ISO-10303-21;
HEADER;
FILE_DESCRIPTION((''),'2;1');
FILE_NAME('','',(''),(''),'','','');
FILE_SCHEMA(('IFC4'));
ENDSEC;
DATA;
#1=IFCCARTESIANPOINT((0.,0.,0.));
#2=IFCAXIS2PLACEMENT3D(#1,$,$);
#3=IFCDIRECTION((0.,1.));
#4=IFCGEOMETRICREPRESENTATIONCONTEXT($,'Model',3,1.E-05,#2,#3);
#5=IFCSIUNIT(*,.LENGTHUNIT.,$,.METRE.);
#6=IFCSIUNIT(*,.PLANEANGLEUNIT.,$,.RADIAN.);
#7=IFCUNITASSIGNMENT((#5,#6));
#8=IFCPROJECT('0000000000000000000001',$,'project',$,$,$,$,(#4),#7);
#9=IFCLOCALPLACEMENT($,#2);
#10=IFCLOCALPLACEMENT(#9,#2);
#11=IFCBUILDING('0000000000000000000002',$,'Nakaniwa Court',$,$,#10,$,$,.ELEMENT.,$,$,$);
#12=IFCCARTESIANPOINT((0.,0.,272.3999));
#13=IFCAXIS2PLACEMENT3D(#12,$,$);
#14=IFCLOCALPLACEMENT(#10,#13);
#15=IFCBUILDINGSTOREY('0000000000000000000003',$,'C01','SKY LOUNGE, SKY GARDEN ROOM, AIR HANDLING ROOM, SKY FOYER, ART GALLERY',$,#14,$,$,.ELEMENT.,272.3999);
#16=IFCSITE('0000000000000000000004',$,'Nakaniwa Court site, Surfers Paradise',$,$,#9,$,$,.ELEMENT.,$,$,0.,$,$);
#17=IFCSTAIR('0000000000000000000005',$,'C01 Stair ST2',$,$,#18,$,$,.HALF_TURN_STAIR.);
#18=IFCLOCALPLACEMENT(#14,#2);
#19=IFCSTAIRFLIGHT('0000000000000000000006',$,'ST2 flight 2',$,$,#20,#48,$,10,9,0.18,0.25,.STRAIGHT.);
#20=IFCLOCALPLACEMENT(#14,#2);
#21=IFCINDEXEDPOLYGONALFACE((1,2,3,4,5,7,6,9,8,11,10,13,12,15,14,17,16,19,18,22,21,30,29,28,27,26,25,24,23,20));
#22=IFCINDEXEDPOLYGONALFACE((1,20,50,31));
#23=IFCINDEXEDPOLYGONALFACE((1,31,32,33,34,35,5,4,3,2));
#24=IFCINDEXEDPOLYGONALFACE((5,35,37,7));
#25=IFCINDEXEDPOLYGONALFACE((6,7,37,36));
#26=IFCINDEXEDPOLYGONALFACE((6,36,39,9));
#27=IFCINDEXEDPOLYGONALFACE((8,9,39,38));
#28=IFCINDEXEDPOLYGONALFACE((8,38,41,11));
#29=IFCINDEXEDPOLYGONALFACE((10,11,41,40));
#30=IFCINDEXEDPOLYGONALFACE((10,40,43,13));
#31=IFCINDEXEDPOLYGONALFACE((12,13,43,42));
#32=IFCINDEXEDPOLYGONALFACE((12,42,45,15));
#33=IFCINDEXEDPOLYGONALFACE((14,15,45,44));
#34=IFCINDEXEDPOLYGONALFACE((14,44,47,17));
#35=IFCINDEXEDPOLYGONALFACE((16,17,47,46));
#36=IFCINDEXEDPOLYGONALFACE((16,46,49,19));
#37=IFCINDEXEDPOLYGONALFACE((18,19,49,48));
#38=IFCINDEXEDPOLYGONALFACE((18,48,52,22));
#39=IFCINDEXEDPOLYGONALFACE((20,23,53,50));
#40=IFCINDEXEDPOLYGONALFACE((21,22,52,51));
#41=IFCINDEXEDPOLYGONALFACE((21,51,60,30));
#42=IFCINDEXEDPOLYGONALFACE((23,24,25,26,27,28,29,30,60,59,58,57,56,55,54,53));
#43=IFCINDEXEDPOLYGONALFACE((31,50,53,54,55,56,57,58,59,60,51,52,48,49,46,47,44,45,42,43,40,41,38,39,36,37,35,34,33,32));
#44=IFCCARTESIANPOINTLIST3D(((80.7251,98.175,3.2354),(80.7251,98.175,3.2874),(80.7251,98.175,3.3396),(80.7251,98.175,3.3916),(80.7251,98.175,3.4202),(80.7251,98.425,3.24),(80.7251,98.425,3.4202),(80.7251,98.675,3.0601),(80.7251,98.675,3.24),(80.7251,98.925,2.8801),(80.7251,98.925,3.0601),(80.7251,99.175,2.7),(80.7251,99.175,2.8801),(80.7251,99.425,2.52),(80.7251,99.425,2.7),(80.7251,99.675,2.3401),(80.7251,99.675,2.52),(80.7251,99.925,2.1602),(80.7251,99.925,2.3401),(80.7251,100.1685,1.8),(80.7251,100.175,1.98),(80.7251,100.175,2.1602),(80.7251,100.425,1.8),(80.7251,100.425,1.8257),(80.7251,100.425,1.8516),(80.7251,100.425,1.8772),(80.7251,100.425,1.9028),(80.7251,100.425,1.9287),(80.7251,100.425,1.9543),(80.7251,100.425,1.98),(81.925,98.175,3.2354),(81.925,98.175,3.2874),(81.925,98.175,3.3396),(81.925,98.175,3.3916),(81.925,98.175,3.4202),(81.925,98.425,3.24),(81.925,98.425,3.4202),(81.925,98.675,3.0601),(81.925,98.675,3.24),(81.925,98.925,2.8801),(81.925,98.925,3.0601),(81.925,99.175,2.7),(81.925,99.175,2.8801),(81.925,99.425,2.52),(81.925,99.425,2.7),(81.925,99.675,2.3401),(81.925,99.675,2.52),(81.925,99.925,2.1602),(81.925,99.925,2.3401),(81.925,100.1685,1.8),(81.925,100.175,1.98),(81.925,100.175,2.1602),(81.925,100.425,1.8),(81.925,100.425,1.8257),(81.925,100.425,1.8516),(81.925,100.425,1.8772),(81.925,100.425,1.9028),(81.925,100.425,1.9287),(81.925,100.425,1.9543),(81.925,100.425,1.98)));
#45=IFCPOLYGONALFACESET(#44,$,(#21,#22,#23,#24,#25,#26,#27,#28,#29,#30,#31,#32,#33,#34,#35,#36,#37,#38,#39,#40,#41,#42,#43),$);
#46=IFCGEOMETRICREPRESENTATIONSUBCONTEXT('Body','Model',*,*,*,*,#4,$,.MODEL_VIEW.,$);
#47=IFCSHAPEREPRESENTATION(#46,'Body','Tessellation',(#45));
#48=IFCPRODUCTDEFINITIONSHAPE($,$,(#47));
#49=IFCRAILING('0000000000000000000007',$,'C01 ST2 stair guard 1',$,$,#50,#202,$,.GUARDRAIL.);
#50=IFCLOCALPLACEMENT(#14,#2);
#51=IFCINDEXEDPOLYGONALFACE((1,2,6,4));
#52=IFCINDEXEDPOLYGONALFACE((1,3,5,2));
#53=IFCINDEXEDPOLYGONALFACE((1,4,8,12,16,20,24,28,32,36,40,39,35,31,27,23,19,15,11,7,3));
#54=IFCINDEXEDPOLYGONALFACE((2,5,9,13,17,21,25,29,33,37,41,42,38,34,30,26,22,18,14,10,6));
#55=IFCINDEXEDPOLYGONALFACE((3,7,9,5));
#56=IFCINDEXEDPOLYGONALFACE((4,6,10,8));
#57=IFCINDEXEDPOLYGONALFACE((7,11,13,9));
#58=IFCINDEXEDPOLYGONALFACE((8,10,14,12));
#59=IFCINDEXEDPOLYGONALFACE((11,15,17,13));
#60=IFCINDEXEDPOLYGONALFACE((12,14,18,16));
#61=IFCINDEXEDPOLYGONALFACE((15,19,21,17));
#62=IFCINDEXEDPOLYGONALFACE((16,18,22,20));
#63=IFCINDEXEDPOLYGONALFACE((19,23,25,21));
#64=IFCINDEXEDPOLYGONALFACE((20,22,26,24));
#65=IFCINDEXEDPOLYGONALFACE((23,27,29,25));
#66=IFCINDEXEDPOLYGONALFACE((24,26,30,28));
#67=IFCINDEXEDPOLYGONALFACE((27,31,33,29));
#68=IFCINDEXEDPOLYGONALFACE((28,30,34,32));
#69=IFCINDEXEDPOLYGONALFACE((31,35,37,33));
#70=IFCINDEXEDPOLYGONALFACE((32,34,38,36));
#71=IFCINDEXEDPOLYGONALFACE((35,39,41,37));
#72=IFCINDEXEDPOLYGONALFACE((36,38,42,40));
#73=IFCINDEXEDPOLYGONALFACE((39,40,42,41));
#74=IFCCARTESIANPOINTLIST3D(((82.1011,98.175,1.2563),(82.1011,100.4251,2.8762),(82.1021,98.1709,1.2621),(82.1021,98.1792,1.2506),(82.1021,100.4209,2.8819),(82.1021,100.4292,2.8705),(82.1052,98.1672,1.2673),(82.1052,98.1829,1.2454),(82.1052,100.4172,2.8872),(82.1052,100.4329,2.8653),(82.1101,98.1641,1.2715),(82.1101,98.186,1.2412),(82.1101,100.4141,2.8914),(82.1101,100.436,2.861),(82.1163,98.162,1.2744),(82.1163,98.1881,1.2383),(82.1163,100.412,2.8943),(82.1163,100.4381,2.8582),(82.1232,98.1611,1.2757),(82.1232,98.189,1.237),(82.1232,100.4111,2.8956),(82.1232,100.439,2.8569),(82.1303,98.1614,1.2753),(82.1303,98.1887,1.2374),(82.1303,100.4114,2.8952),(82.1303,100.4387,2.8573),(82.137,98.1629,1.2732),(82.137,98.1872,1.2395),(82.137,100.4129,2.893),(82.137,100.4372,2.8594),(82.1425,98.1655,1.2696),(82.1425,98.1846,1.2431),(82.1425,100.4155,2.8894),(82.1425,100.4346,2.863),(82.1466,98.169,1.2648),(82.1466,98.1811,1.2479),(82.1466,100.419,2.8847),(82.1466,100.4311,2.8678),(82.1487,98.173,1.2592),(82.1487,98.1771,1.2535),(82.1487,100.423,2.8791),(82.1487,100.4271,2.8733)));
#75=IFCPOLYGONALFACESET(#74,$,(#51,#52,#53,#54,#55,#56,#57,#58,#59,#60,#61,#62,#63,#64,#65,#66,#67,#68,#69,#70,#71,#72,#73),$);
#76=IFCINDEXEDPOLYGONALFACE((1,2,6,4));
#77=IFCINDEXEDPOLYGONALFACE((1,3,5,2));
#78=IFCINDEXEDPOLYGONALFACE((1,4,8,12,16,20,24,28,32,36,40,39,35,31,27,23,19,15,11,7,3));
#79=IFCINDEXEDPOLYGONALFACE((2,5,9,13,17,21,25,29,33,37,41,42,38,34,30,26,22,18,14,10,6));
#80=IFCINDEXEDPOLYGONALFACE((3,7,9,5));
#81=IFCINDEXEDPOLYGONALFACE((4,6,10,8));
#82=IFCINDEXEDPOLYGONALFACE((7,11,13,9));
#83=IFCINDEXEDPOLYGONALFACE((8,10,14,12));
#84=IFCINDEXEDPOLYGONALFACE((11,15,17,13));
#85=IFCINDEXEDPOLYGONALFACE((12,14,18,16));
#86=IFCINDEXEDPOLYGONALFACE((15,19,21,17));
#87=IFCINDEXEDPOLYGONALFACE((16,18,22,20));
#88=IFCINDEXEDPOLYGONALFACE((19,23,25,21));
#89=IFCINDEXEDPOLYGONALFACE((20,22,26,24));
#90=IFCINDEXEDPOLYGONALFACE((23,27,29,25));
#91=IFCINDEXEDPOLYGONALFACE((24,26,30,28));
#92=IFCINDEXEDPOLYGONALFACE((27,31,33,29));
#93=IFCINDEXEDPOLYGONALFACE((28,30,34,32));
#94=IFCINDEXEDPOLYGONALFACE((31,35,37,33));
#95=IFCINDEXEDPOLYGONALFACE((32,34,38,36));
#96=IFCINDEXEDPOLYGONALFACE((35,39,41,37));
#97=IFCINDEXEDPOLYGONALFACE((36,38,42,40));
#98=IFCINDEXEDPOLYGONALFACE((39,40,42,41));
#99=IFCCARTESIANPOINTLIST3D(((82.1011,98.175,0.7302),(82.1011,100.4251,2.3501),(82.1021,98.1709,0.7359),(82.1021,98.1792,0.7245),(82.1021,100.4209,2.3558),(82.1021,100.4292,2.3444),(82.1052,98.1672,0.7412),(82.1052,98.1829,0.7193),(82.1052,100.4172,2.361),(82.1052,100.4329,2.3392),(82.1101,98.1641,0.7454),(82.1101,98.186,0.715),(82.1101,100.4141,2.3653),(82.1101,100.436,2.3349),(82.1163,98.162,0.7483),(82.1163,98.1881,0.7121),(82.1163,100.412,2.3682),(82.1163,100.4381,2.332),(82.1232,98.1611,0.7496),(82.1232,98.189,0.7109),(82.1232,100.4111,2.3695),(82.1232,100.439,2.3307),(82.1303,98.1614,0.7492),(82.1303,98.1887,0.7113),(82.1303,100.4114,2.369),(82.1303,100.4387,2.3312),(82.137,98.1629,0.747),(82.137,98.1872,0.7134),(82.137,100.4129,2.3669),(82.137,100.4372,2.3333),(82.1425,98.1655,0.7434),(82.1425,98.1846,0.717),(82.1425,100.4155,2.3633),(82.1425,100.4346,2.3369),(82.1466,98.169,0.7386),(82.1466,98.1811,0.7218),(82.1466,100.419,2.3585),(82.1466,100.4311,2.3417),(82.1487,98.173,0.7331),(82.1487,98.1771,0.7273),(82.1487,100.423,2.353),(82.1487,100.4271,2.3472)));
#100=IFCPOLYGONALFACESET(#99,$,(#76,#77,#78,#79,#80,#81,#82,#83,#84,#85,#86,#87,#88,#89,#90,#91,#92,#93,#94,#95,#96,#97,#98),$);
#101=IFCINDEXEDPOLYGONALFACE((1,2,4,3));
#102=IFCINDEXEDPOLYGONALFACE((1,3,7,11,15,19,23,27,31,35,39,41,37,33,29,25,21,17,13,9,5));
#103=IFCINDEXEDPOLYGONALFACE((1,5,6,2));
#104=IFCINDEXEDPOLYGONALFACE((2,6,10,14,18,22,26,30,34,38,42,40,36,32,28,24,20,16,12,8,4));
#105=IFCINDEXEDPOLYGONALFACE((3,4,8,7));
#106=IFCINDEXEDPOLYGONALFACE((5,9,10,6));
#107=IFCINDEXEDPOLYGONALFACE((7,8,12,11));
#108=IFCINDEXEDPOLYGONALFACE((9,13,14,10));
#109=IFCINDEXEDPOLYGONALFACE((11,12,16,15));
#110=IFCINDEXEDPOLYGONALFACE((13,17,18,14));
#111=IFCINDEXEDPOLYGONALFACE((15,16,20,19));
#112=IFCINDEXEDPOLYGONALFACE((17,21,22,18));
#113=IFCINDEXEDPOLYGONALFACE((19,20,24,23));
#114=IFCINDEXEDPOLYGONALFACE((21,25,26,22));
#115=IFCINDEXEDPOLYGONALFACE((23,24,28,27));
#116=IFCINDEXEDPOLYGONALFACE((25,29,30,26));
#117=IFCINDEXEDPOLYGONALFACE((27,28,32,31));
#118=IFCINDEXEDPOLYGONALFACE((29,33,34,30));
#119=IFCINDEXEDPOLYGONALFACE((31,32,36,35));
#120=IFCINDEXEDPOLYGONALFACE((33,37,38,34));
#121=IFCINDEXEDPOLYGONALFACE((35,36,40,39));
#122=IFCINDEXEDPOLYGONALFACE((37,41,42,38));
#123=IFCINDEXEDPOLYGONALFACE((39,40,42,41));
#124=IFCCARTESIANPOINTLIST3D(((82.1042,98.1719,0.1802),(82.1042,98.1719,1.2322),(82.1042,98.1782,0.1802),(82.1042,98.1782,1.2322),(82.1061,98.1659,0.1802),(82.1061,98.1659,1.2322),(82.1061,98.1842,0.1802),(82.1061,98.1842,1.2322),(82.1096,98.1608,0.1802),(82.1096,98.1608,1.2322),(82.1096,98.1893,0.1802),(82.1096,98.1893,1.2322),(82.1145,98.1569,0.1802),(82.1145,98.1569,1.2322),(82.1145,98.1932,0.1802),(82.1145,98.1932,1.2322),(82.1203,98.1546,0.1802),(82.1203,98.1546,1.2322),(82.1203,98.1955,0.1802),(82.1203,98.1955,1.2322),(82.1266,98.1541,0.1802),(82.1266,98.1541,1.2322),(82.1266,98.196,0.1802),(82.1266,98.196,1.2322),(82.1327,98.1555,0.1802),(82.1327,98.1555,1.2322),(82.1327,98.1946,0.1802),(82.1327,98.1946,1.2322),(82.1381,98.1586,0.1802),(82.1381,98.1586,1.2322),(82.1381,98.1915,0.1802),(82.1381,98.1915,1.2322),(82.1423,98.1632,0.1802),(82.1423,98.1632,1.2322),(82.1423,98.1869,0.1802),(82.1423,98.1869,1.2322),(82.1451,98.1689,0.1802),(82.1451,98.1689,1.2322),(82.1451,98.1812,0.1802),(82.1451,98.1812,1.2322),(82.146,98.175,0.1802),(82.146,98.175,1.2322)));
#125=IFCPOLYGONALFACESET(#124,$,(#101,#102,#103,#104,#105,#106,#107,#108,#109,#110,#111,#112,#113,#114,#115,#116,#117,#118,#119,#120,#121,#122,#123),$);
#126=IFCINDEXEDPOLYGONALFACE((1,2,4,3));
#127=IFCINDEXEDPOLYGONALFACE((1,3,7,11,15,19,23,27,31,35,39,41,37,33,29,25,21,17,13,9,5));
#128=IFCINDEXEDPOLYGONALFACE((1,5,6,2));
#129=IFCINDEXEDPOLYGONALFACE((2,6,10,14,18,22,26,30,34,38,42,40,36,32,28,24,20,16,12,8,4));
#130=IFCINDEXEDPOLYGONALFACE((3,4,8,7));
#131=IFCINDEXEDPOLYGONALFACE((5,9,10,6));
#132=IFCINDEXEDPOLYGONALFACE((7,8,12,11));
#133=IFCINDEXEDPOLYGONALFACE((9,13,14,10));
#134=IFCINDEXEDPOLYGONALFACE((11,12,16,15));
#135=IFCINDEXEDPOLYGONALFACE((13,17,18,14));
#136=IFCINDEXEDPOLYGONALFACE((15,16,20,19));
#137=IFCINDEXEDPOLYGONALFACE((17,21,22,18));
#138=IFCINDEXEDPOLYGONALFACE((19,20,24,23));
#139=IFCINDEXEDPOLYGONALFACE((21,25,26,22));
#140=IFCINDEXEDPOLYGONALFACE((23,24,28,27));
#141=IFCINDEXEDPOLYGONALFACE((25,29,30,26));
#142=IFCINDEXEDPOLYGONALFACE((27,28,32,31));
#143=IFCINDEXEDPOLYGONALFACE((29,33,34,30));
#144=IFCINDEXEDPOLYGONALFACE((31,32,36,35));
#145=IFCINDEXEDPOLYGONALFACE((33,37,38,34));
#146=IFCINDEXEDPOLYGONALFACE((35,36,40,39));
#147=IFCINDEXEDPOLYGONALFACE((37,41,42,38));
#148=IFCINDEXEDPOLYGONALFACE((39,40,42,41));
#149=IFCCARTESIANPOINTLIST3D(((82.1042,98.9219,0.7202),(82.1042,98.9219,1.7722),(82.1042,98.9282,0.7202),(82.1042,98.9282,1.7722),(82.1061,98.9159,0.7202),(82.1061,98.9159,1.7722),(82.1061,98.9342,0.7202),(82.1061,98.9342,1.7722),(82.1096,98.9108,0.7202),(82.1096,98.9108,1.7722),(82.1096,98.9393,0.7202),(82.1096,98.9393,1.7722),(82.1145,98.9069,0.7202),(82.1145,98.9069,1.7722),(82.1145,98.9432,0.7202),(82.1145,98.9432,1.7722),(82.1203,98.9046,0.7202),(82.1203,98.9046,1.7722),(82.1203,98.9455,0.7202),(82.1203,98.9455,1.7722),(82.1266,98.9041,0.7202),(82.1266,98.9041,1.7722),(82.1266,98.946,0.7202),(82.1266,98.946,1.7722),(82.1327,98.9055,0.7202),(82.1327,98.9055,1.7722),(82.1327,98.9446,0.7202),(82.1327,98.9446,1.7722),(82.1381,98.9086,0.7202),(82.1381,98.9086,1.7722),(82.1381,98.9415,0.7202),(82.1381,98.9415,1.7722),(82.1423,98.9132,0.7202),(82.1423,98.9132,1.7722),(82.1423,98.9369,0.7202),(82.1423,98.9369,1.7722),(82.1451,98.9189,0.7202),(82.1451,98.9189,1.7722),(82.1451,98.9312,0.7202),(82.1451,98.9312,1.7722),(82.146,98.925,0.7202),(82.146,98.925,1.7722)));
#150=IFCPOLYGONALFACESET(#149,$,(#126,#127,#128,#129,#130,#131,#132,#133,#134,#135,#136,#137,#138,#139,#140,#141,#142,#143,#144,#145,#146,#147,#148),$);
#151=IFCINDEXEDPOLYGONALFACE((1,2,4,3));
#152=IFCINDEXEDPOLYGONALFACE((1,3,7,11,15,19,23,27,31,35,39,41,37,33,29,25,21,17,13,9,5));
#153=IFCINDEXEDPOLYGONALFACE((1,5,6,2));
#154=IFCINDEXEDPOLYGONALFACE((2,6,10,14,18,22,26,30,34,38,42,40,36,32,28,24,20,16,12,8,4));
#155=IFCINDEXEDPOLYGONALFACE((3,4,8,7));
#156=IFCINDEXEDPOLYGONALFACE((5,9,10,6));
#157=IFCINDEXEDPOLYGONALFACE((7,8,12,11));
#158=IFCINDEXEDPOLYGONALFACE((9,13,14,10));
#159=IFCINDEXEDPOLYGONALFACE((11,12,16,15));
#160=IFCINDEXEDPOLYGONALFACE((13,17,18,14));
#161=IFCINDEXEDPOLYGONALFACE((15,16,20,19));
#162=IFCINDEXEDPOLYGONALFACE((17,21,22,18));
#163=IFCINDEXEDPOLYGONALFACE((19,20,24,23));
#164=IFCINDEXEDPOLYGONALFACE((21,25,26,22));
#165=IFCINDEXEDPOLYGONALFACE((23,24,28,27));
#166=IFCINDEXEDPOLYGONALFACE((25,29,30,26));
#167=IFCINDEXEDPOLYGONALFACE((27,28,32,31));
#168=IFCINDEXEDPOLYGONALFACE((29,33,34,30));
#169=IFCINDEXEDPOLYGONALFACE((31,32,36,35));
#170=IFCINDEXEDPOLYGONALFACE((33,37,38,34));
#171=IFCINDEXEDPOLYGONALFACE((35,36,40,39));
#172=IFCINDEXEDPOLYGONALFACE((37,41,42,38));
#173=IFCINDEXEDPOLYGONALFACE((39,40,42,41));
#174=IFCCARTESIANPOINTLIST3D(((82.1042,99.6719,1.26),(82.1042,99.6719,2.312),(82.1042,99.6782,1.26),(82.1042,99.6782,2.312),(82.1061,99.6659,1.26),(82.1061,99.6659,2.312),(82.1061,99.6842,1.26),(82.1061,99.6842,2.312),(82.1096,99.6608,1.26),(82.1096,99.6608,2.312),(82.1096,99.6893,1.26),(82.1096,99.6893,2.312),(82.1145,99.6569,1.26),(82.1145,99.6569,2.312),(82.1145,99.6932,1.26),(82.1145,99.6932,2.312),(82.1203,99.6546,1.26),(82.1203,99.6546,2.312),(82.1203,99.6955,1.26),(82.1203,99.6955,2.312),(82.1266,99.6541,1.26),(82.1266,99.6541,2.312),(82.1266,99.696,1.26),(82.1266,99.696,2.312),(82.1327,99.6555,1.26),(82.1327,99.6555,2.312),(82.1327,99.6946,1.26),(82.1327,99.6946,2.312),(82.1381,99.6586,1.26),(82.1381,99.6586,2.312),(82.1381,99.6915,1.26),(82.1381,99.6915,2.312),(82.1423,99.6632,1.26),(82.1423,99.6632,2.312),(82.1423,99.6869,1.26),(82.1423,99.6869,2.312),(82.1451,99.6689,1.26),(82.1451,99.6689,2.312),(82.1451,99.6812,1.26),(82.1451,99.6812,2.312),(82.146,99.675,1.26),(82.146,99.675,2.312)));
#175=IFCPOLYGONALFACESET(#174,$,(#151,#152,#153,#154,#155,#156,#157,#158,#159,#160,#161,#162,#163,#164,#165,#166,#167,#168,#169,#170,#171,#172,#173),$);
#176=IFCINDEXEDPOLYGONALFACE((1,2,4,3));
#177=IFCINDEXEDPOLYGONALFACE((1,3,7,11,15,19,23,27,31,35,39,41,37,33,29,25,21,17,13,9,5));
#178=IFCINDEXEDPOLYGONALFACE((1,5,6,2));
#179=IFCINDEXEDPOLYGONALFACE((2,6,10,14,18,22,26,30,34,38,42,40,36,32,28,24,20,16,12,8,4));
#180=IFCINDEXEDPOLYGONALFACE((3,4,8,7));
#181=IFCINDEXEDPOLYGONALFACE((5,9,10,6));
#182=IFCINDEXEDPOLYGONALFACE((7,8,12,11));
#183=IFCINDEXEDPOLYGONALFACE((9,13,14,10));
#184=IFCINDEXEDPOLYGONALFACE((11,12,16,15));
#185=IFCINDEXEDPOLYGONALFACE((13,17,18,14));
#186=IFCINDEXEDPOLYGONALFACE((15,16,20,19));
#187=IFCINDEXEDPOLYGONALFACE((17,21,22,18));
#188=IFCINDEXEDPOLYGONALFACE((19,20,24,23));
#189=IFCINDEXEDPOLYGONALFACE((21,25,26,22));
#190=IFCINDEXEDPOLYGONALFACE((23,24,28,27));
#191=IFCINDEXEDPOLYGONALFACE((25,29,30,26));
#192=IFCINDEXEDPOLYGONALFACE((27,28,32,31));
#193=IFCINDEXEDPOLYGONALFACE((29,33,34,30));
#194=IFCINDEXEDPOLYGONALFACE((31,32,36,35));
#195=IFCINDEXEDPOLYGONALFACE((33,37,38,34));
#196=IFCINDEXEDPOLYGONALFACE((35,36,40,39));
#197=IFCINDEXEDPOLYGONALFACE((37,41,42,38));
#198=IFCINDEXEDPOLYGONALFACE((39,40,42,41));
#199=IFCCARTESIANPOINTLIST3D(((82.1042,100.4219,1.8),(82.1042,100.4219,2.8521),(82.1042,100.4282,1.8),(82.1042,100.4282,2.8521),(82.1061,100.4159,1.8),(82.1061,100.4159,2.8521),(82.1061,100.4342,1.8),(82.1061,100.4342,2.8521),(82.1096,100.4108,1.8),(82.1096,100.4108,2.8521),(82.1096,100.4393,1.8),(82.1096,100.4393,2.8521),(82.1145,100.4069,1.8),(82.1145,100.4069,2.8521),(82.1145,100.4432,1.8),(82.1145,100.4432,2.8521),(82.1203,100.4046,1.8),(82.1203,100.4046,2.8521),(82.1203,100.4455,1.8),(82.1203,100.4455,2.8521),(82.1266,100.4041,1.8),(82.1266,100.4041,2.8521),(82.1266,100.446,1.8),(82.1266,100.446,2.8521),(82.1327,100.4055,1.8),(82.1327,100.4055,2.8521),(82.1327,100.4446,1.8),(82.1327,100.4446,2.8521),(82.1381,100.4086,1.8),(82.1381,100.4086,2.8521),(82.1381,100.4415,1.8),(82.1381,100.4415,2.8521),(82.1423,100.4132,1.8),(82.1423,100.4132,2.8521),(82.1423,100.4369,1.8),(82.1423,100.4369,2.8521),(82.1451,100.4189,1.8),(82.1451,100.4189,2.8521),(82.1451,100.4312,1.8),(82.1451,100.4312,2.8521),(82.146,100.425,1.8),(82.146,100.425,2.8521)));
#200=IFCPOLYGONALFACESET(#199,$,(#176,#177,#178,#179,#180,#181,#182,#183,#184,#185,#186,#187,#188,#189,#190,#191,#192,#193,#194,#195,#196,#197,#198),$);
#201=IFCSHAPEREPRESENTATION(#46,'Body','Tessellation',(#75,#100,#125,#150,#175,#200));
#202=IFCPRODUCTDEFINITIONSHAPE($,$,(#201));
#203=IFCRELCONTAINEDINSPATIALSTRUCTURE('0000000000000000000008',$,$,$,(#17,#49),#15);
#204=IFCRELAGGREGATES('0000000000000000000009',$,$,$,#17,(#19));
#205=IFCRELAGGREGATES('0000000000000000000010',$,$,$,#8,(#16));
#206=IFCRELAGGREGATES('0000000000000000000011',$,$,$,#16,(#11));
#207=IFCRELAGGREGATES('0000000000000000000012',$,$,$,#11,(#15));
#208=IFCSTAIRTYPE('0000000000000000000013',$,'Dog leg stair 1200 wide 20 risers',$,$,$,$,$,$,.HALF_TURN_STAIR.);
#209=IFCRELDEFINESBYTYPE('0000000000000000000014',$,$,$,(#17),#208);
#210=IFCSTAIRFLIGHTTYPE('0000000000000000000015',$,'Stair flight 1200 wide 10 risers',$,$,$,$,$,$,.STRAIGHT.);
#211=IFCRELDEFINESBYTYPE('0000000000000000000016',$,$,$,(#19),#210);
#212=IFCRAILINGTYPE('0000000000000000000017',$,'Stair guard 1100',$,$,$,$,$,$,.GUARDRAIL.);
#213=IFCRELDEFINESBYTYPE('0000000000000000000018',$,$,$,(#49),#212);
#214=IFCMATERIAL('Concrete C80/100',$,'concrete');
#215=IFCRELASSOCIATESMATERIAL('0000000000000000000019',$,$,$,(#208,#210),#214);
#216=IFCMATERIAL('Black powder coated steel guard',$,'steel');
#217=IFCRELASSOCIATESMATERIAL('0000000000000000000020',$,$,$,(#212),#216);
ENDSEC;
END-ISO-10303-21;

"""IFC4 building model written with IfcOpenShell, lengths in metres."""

from ifc_helpers import new_model, si_unit, direction, frame, origin, origin_2d, place, context, subcontext, project, spatial, polyline, circle, outline, extrude, material, type_object, element, aggregate, save


model = new_model("IFC4")

# Units and contexts
model_context = context("Model", 3, precision=1e-05, world=origin(), true_north=direction((0.0, 1.0)))
body_context = subcontext(model_context, "Body", "Model", "MODEL_VIEW")
ifc_project = project(units=[si_unit("LENGTHUNIT", "METRE"), si_unit("PLANEANGLEUNIT", "RADIAN")], contexts=[model_context])

# Site, building, storey
site_placement = place(None, origin())
site = spatial("IfcSite", under=ifc_project, at=site_placement, Name="Nakaniwa Court site, Surfers Paradise", CompositionType="ELEMENT", RefElevation=0.0)
building_placement = place(site_placement, origin())
building = spatial("IfcBuilding", under=site, at=building_placement, Name="Nakaniwa Court", CompositionType="ELEMENT")
storey_placement = place(building_placement, frame((0.0, 0.0, 272.3999)))
storey = spatial("IfcBuildingStorey", under=building, at=storey_placement, Name="C01", Description="SKY LOUNGE, SKY GARDEN ROOM, AIR HANDLING ROOM, SKY FOYER, ART GALLERY", CompositionType="ELEMENT", Elevation=272.3999)

# Shared definitions
ifc_material_1 = material(Name="Concrete C80/100", Category="concrete")

# Stair, stair flight
stair_type = type_object("IfcStairType", Name="Dog leg stair 1200 wide 20 risers", PredefinedType="HALF_TURN_STAIR", material=ifc_material_1)
stair_placement = place(storey_placement, origin())
stair = element("IfcStair", 1, at=stair_placement, inside=storey, type_object=stair_type, Name="C01 Stair ST2", PredefinedType="HALF_TURN_STAIR")
stair_flight_type = type_object("IfcStairFlightType", Name="Stair flight 1200 wide 10 risers", PredefinedType="STRAIGHT", material=ifc_material_1)
stair_flight_1_placement = place(storey_placement, frame((81.325, 100.425, 1.8), z_axis=(0.0, 0.0, 1.0), x_axis=(0.0, -1.0, 0.0)))
stair_flight_1 = element("IfcStairFlight", 2, at=stair_flight_1_placement, type_object=stair_flight_type, Name="ST2 flight 2", NumberOfRisers=10, NumberOfTreads=9, PredefinedType="STRAIGHT", RiserHeight=0.18, TreadLength=0.25, context=body_context, shape_type="SweptSolid", body=[
    extrude(outline(polyline([(0.0, 0.0), (0.0, 0.0256), (0.0, 0.0515), (0.0, 0.0771), (0.0, 0.1028), (0.0, 0.1287), (0.0, 0.1543), (0.0, 0.1799), (0.25, 0.1799), (0.25, 0.3601), (0.5, 0.3601), (0.5, 0.54), (0.75, 0.54), (0.75, 0.72), (1.0, 0.72), (1.0, 0.8999), (1.25, 0.8999), (1.25, 1.0801), (1.5, 1.0801), (1.5, 1.26), (1.75, 1.26), (1.75, 1.4399), (2.0, 1.4399), (2.0, 1.6201), (2.25, 1.6201), (2.25, 1.8), (2.25, 1.7478), (2.25, 1.6958), (2.25, 1.6438), (2.25, 1.5916), (2.25, 1.5396), (2.25, 1.4873), (2.25, 1.4353), (0.2566, 0.0), (0.0, 0.0)])), frame((0.0, 0.6001, 0.0), z_axis=(0.0, -1.0, 0.0), x_axis=(1.0, 0.0, 0.0)), (0.0, 0.0, 1.0), 1.2),
])
aggregate(stair, [stair_flight_1])

# Railing
ifc_material_2 = material(Name="Black powder coated steel guard", Category="steel")
railing_type_1 = type_object("IfcRailingType", Name="Stair guard 1100", PredefinedType="GUARDRAIL", material=ifc_material_2)
railing_1_placement = place(storey_placement, frame((82.125, 98.175, 0.1802)))
element("IfcRailing", 3, at=railing_1_placement, inside=storey, type_object=railing_type_1, Name="C01 ST2 stair guard 1", PredefinedType="GUARDRAIL", context=body_context, shape_type="SweptSolid", body=[
    extrude(circle(Radius=0.0239, at=origin_2d()), frame((0.0, 0.0, 1.0762), z_axis=(0.0, 0.811556, 0.584275), x_axis=(-1.0, 0.0, 0.0)), (0.0, 0.0, 1.0), 2.7725),
    extrude(circle(Radius=0.0239, at=origin_2d()), frame((0.0, 0.0, 0.55), z_axis=(0.0, 0.811556, 0.584275), x_axis=(-1.0, 0.0, 0.0)), (0.0, 0.0, 1.0), 2.7725),
    extrude(circle(Radius=0.021, at=origin_2d()), origin(), (0.0, 0.0, 1.0), 1.052),
    extrude(circle(Radius=0.021, at=origin_2d()), frame((0.0, 0.75, 0.54)), (0.0, 0.0, 1.0), 1.052),
    extrude(circle(Radius=0.021, at=origin_2d()), frame((0.0, 1.5, 1.0798)), (0.0, 0.0, 1.0), 1.052),
    extrude(circle(Radius=0.021, at=origin_2d()), frame((0.0, 2.25, 1.6199)), (0.0, 0.0, 1.0), 1.052),
])

save(model, "model.ifc")
